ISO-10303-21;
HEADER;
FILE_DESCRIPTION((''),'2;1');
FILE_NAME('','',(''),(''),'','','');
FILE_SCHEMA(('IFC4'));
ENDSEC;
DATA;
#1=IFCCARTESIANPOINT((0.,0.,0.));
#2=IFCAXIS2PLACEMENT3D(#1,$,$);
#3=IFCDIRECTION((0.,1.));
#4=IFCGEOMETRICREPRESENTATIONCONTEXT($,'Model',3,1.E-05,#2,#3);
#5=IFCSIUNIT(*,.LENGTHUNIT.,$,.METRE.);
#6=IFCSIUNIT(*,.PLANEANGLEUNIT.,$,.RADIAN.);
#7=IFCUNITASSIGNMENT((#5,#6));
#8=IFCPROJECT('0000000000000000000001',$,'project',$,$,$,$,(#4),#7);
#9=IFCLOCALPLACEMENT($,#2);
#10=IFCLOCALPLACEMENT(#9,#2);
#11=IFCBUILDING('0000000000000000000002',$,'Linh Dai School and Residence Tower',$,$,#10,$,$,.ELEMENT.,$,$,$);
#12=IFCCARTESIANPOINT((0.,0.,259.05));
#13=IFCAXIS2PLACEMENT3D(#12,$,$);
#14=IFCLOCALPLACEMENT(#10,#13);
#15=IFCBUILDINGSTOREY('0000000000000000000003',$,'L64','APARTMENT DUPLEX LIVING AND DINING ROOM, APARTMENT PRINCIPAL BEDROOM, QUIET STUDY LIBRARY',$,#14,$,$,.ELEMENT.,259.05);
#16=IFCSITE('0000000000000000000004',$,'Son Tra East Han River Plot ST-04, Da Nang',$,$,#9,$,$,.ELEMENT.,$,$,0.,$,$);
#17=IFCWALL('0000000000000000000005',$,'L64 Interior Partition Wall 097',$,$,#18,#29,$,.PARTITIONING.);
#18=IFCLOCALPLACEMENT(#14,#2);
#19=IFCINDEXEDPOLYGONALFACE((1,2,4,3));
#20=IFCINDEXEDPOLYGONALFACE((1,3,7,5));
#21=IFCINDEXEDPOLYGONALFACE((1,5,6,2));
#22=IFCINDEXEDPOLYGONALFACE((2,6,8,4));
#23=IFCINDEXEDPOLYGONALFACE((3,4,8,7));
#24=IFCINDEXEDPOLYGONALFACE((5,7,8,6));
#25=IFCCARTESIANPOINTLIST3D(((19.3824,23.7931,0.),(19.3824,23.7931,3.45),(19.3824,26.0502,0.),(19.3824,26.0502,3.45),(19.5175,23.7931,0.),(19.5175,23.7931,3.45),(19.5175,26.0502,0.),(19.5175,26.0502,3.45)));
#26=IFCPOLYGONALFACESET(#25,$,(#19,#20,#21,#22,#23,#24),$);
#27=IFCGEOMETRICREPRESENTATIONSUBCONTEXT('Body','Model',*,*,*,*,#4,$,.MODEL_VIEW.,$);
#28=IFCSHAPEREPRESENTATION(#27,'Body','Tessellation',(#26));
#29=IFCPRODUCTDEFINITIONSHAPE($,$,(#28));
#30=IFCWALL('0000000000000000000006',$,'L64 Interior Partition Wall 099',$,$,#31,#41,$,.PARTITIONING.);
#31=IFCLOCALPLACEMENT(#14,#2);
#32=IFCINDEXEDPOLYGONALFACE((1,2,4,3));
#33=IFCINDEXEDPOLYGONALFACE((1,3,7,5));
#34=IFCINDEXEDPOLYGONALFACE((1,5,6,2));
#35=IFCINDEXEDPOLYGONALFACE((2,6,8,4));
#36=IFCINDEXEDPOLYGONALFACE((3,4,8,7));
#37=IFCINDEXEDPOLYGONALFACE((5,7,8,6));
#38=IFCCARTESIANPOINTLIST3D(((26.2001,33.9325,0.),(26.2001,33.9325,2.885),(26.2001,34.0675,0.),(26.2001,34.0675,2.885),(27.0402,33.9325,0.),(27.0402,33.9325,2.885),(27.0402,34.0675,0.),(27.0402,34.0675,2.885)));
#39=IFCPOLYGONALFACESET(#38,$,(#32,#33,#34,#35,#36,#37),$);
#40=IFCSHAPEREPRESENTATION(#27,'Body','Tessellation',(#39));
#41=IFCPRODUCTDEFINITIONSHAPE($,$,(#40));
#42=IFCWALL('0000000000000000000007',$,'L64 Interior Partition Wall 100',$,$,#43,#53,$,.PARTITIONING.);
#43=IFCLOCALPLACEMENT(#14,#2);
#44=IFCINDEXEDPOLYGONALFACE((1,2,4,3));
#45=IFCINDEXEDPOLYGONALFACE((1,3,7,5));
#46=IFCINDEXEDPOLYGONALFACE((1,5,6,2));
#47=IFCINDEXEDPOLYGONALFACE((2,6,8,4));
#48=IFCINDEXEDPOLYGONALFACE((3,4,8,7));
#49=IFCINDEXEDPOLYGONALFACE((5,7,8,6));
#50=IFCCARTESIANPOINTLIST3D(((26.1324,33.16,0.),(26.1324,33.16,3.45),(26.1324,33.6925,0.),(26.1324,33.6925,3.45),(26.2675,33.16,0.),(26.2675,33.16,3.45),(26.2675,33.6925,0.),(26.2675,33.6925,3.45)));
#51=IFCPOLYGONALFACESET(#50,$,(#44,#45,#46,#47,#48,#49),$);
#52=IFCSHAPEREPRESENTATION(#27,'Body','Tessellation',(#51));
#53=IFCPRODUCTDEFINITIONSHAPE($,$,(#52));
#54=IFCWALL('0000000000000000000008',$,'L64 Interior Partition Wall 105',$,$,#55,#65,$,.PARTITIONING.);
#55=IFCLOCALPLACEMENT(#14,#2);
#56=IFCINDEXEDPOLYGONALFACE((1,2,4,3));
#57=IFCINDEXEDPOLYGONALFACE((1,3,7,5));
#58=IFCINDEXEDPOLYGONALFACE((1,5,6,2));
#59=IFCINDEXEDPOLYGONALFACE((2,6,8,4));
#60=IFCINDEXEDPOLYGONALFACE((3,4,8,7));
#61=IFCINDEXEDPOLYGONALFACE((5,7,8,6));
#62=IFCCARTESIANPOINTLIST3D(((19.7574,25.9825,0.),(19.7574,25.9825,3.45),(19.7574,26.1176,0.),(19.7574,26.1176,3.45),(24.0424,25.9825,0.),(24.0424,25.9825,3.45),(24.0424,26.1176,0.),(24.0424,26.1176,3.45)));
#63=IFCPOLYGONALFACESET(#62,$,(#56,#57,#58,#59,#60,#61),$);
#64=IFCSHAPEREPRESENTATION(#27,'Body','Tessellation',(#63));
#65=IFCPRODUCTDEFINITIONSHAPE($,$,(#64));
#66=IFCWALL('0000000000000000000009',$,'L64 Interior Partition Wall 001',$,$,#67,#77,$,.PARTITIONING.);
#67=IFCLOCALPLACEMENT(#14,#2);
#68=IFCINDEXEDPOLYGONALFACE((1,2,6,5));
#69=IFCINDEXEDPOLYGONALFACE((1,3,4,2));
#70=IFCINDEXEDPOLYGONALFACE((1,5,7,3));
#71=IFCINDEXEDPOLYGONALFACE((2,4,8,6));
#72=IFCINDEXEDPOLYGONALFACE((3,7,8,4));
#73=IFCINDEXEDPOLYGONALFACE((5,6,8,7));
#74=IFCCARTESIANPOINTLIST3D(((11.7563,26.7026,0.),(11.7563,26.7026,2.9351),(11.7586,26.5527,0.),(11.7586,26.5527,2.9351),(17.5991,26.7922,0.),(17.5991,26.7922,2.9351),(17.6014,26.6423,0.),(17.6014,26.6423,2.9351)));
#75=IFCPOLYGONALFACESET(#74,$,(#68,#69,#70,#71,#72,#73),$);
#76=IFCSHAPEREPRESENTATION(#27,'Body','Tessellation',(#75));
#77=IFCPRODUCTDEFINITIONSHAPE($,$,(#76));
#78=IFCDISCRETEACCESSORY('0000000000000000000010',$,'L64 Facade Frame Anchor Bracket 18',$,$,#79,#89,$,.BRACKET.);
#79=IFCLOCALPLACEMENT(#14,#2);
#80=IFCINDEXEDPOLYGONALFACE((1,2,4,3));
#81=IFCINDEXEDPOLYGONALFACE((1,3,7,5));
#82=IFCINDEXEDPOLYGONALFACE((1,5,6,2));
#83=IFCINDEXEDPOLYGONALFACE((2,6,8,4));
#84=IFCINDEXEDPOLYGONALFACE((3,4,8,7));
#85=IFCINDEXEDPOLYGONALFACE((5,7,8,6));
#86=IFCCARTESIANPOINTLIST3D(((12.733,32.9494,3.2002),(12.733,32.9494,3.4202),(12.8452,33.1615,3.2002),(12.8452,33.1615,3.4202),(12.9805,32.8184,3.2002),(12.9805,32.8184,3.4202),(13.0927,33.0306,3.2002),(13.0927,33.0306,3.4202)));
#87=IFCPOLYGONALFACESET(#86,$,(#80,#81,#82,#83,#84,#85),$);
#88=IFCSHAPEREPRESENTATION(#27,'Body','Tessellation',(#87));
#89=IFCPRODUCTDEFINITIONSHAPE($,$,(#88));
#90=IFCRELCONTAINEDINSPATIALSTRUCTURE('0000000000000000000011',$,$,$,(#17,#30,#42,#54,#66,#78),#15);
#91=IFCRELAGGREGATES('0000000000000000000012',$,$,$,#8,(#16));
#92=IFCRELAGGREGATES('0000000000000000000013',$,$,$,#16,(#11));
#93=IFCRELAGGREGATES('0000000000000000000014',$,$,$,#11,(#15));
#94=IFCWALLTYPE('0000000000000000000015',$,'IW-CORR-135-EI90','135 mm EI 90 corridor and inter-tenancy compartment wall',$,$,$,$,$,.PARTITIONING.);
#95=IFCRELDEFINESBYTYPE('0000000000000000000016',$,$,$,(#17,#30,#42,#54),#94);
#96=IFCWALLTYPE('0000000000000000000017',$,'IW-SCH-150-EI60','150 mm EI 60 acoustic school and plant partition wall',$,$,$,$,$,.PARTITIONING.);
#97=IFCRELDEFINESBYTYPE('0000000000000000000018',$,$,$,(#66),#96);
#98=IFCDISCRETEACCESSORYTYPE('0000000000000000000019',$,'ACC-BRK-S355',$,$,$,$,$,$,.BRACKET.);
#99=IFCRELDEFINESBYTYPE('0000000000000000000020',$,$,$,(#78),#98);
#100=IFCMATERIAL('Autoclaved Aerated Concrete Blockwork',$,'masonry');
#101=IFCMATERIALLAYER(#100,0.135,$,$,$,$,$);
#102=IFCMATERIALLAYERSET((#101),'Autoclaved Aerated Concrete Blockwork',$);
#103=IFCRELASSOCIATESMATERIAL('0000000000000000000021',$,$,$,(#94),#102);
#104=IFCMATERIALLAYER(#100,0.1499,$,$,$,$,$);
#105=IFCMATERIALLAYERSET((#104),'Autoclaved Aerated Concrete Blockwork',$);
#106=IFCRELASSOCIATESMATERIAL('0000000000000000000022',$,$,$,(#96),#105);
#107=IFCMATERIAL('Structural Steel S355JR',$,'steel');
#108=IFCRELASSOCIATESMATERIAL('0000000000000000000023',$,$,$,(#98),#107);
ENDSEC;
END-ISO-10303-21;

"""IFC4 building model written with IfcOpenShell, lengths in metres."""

from ifc_helpers import new_model, si_unit, direction, frame, frame_2d, origin, origin_2d, place, context, subcontext, project, spatial, rectangle, extrude, source, transform, mapped, material, layer, layer_set, type_object, element, save


model = new_model("IFC4")

# Units and contexts
model_context = context("Model", 3, precision=1e-05, world=origin(), true_north=direction((0.0, 1.0)))
body_context = subcontext(model_context, "Body", "Model", "MODEL_VIEW")
ifc_project = project(units=[si_unit("LENGTHUNIT", "METRE"), si_unit("PLANEANGLEUNIT", "RADIAN")], contexts=[model_context])

# Site, building, storey
site_placement = place(None, origin())
site = spatial("IfcSite", under=ifc_project, at=site_placement, Name="Son Tra East Han River Plot ST-04, Da Nang", CompositionType="ELEMENT", RefElevation=0.0)
building_placement = place(site_placement, origin())
building = spatial("IfcBuilding", under=site, at=building_placement, Name="Linh Dai School and Residence Tower", CompositionType="ELEMENT")
storey_placement = place(building_placement, frame((0.0, 0.0, 259.05)))
storey = spatial("IfcBuildingStorey", under=building, at=storey_placement, Name="L64", Description="APARTMENT DUPLEX LIVING AND DINING ROOM, APARTMENT PRINCIPAL BEDROOM, QUIET STUDY LIBRARY", CompositionType="ELEMENT", Elevation=259.05)

# Shared definitions
ifc_material_1 = material(Name="Structural Steel S355JR", Category="steel")

# Shared definitions
ifc_material_2 = material(Name="Autoclaved Aerated Concrete Blockwork", Category="masonry")
ifc_layer_1 = layer(ifc_material_2, 0.135)
ifc_layer_set_1 = layer_set([ifc_layer_1], Name="Autoclaved Aerated Concrete Blockwork")
wall_type_1 = type_object("IfcWallType", Name="IW-CORR-135-EI90", Description="135 mm EI 90 corridor and inter-tenancy compartment wall", PredefinedType="PARTITIONING", material=ifc_layer_set_1)

# Walls
wall_1_placement = place(storey_placement, frame((19.45, 26.05, 0.0), z_axis=(0.0, 0.0, 1.0), x_axis=(0.0, -1.0, 0.0)))
element("IfcWall", 1, at=wall_1_placement, inside=storey, type_object=wall_type_1, Name="L64 Interior Partition Wall 097", PredefinedType="PARTITIONING", context=body_context, shape_type="SweptSolid", body=[
    extrude(rectangle(XDim=2.2571, YDim=0.135, at=frame_2d((1.1284, 0.0))), origin(), (0.0, 0.0, 1.0), 3.45),
])
wall_2_placement = place(storey_placement, frame((27.04, 34.0, 0.0), z_axis=(0.0, 0.0, 1.0), x_axis=(-1.0, 0.0, 0.0)))
element("IfcWall", 2, at=wall_2_placement, inside=storey, type_object=wall_type_1, Name="L64 Interior Partition Wall 099", PredefinedType="PARTITIONING", context=body_context, shape_type="SweptSolid", body=[
    extrude(rectangle(XDim=0.8401, YDim=0.135, at=frame_2d((0.4199, 0.0))), origin(), (0.0, 0.0, 1.0), 2.885),
])
wall_3_placement = place(storey_placement, frame((26.2, 33.6924, 0.0), z_axis=(0.0, 0.0, 1.0), x_axis=(0.0, -1.0, 0.0)))
element("IfcWall", 3, at=wall_3_placement, inside=storey, type_object=wall_type_1, Name="L64 Interior Partition Wall 100", PredefinedType="PARTITIONING", context=body_context, shape_type="SweptSolid", body=[
    extrude(rectangle(XDim=0.5325, YDim=0.135, at=frame_2d((0.2661, 0.0))), origin(), (0.0, 0.0, 1.0), 3.45),
])
wall_4_placement = place(storey_placement, frame((24.0425, 26.05, 0.0), z_axis=(0.0, 0.0, 1.0), x_axis=(-1.0, 0.0, 0.0)))
element("IfcWall", 4, at=wall_4_placement, inside=storey, type_object=wall_type_1, Name="L64 Interior Partition Wall 105", PredefinedType="PARTITIONING", context=body_context, shape_type="SweptSolid", body=[
    extrude(rectangle(XDim=4.2849, YDim=0.135, at=frame_2d((2.1426, 0.0))), origin(), (0.0, 0.0, 1.0), 3.45),
])
ifc_layer_2 = layer(ifc_material_2, 0.1499)
ifc_layer_set_2 = layer_set([ifc_layer_2], Name="Autoclaved Aerated Concrete Blockwork")
wall_type_2 = type_object("IfcWallType", Name="IW-SCH-150-EI60", Description="150 mm EI 60 acoustic school and plant partition wall", PredefinedType="PARTITIONING", material=ifc_layer_set_2)
wall_5_placement = place(storey_placement, frame((11.7573, 26.6277, 0.0), z_axis=(0.0, 0.0, 1.0), x_axis=(0.999882, 0.015333, 0.0)))
element("IfcWall", 5, at=wall_5_placement, inside=storey, type_object=wall_type_2, Name="L64 Interior Partition Wall 001", PredefinedType="PARTITIONING", context=body_context, shape_type="SweptSolid", body=[
    extrude(rectangle(XDim=5.8435, YDim=0.1499, at=frame_2d((2.9219, 0.0))), origin(), (0.0, 0.0, 1.0), 2.9351),
])

# Discrete accessory
discrete_accessory_type = type_object("IfcDiscreteAccessoryType", Name="ACC-BRK-S355", PredefinedType="BRACKET", material=ifc_material_1)
shared_shape_1 = source(origin(), body_context, "Body", "SweptSolid", [
    extrude(rectangle(XDim=0.28, YDim=0.24, at=origin_2d()), origin(), (0.0, 0.0, 1.0), 0.22),
])
discrete_accessory_placement = place(storey_placement, frame((12.9128, 32.99, 3.2002), z_axis=(0.0, 0.0, 1.0), x_axis=(-0.883929, 0.467621, 0.0)))
element("IfcDiscreteAccessory", 6, at=discrete_accessory_placement, inside=storey, type_object=discrete_accessory_type, Name="L64 Facade Frame Anchor Bracket 18", PredefinedType="BRACKET", context=body_context, shape_type="MappedRepresentation", body=[
    mapped(shared_shape_1, transform((0.0, 0.0, 0.0), x_axis=(1.0, 0.0, 0.0), y_axis=(0.0, 1.0, 0.0), z_axis=(0.0, 0.0, 1.0), scale=1.0)),
])

save(model, "model.ifc")
